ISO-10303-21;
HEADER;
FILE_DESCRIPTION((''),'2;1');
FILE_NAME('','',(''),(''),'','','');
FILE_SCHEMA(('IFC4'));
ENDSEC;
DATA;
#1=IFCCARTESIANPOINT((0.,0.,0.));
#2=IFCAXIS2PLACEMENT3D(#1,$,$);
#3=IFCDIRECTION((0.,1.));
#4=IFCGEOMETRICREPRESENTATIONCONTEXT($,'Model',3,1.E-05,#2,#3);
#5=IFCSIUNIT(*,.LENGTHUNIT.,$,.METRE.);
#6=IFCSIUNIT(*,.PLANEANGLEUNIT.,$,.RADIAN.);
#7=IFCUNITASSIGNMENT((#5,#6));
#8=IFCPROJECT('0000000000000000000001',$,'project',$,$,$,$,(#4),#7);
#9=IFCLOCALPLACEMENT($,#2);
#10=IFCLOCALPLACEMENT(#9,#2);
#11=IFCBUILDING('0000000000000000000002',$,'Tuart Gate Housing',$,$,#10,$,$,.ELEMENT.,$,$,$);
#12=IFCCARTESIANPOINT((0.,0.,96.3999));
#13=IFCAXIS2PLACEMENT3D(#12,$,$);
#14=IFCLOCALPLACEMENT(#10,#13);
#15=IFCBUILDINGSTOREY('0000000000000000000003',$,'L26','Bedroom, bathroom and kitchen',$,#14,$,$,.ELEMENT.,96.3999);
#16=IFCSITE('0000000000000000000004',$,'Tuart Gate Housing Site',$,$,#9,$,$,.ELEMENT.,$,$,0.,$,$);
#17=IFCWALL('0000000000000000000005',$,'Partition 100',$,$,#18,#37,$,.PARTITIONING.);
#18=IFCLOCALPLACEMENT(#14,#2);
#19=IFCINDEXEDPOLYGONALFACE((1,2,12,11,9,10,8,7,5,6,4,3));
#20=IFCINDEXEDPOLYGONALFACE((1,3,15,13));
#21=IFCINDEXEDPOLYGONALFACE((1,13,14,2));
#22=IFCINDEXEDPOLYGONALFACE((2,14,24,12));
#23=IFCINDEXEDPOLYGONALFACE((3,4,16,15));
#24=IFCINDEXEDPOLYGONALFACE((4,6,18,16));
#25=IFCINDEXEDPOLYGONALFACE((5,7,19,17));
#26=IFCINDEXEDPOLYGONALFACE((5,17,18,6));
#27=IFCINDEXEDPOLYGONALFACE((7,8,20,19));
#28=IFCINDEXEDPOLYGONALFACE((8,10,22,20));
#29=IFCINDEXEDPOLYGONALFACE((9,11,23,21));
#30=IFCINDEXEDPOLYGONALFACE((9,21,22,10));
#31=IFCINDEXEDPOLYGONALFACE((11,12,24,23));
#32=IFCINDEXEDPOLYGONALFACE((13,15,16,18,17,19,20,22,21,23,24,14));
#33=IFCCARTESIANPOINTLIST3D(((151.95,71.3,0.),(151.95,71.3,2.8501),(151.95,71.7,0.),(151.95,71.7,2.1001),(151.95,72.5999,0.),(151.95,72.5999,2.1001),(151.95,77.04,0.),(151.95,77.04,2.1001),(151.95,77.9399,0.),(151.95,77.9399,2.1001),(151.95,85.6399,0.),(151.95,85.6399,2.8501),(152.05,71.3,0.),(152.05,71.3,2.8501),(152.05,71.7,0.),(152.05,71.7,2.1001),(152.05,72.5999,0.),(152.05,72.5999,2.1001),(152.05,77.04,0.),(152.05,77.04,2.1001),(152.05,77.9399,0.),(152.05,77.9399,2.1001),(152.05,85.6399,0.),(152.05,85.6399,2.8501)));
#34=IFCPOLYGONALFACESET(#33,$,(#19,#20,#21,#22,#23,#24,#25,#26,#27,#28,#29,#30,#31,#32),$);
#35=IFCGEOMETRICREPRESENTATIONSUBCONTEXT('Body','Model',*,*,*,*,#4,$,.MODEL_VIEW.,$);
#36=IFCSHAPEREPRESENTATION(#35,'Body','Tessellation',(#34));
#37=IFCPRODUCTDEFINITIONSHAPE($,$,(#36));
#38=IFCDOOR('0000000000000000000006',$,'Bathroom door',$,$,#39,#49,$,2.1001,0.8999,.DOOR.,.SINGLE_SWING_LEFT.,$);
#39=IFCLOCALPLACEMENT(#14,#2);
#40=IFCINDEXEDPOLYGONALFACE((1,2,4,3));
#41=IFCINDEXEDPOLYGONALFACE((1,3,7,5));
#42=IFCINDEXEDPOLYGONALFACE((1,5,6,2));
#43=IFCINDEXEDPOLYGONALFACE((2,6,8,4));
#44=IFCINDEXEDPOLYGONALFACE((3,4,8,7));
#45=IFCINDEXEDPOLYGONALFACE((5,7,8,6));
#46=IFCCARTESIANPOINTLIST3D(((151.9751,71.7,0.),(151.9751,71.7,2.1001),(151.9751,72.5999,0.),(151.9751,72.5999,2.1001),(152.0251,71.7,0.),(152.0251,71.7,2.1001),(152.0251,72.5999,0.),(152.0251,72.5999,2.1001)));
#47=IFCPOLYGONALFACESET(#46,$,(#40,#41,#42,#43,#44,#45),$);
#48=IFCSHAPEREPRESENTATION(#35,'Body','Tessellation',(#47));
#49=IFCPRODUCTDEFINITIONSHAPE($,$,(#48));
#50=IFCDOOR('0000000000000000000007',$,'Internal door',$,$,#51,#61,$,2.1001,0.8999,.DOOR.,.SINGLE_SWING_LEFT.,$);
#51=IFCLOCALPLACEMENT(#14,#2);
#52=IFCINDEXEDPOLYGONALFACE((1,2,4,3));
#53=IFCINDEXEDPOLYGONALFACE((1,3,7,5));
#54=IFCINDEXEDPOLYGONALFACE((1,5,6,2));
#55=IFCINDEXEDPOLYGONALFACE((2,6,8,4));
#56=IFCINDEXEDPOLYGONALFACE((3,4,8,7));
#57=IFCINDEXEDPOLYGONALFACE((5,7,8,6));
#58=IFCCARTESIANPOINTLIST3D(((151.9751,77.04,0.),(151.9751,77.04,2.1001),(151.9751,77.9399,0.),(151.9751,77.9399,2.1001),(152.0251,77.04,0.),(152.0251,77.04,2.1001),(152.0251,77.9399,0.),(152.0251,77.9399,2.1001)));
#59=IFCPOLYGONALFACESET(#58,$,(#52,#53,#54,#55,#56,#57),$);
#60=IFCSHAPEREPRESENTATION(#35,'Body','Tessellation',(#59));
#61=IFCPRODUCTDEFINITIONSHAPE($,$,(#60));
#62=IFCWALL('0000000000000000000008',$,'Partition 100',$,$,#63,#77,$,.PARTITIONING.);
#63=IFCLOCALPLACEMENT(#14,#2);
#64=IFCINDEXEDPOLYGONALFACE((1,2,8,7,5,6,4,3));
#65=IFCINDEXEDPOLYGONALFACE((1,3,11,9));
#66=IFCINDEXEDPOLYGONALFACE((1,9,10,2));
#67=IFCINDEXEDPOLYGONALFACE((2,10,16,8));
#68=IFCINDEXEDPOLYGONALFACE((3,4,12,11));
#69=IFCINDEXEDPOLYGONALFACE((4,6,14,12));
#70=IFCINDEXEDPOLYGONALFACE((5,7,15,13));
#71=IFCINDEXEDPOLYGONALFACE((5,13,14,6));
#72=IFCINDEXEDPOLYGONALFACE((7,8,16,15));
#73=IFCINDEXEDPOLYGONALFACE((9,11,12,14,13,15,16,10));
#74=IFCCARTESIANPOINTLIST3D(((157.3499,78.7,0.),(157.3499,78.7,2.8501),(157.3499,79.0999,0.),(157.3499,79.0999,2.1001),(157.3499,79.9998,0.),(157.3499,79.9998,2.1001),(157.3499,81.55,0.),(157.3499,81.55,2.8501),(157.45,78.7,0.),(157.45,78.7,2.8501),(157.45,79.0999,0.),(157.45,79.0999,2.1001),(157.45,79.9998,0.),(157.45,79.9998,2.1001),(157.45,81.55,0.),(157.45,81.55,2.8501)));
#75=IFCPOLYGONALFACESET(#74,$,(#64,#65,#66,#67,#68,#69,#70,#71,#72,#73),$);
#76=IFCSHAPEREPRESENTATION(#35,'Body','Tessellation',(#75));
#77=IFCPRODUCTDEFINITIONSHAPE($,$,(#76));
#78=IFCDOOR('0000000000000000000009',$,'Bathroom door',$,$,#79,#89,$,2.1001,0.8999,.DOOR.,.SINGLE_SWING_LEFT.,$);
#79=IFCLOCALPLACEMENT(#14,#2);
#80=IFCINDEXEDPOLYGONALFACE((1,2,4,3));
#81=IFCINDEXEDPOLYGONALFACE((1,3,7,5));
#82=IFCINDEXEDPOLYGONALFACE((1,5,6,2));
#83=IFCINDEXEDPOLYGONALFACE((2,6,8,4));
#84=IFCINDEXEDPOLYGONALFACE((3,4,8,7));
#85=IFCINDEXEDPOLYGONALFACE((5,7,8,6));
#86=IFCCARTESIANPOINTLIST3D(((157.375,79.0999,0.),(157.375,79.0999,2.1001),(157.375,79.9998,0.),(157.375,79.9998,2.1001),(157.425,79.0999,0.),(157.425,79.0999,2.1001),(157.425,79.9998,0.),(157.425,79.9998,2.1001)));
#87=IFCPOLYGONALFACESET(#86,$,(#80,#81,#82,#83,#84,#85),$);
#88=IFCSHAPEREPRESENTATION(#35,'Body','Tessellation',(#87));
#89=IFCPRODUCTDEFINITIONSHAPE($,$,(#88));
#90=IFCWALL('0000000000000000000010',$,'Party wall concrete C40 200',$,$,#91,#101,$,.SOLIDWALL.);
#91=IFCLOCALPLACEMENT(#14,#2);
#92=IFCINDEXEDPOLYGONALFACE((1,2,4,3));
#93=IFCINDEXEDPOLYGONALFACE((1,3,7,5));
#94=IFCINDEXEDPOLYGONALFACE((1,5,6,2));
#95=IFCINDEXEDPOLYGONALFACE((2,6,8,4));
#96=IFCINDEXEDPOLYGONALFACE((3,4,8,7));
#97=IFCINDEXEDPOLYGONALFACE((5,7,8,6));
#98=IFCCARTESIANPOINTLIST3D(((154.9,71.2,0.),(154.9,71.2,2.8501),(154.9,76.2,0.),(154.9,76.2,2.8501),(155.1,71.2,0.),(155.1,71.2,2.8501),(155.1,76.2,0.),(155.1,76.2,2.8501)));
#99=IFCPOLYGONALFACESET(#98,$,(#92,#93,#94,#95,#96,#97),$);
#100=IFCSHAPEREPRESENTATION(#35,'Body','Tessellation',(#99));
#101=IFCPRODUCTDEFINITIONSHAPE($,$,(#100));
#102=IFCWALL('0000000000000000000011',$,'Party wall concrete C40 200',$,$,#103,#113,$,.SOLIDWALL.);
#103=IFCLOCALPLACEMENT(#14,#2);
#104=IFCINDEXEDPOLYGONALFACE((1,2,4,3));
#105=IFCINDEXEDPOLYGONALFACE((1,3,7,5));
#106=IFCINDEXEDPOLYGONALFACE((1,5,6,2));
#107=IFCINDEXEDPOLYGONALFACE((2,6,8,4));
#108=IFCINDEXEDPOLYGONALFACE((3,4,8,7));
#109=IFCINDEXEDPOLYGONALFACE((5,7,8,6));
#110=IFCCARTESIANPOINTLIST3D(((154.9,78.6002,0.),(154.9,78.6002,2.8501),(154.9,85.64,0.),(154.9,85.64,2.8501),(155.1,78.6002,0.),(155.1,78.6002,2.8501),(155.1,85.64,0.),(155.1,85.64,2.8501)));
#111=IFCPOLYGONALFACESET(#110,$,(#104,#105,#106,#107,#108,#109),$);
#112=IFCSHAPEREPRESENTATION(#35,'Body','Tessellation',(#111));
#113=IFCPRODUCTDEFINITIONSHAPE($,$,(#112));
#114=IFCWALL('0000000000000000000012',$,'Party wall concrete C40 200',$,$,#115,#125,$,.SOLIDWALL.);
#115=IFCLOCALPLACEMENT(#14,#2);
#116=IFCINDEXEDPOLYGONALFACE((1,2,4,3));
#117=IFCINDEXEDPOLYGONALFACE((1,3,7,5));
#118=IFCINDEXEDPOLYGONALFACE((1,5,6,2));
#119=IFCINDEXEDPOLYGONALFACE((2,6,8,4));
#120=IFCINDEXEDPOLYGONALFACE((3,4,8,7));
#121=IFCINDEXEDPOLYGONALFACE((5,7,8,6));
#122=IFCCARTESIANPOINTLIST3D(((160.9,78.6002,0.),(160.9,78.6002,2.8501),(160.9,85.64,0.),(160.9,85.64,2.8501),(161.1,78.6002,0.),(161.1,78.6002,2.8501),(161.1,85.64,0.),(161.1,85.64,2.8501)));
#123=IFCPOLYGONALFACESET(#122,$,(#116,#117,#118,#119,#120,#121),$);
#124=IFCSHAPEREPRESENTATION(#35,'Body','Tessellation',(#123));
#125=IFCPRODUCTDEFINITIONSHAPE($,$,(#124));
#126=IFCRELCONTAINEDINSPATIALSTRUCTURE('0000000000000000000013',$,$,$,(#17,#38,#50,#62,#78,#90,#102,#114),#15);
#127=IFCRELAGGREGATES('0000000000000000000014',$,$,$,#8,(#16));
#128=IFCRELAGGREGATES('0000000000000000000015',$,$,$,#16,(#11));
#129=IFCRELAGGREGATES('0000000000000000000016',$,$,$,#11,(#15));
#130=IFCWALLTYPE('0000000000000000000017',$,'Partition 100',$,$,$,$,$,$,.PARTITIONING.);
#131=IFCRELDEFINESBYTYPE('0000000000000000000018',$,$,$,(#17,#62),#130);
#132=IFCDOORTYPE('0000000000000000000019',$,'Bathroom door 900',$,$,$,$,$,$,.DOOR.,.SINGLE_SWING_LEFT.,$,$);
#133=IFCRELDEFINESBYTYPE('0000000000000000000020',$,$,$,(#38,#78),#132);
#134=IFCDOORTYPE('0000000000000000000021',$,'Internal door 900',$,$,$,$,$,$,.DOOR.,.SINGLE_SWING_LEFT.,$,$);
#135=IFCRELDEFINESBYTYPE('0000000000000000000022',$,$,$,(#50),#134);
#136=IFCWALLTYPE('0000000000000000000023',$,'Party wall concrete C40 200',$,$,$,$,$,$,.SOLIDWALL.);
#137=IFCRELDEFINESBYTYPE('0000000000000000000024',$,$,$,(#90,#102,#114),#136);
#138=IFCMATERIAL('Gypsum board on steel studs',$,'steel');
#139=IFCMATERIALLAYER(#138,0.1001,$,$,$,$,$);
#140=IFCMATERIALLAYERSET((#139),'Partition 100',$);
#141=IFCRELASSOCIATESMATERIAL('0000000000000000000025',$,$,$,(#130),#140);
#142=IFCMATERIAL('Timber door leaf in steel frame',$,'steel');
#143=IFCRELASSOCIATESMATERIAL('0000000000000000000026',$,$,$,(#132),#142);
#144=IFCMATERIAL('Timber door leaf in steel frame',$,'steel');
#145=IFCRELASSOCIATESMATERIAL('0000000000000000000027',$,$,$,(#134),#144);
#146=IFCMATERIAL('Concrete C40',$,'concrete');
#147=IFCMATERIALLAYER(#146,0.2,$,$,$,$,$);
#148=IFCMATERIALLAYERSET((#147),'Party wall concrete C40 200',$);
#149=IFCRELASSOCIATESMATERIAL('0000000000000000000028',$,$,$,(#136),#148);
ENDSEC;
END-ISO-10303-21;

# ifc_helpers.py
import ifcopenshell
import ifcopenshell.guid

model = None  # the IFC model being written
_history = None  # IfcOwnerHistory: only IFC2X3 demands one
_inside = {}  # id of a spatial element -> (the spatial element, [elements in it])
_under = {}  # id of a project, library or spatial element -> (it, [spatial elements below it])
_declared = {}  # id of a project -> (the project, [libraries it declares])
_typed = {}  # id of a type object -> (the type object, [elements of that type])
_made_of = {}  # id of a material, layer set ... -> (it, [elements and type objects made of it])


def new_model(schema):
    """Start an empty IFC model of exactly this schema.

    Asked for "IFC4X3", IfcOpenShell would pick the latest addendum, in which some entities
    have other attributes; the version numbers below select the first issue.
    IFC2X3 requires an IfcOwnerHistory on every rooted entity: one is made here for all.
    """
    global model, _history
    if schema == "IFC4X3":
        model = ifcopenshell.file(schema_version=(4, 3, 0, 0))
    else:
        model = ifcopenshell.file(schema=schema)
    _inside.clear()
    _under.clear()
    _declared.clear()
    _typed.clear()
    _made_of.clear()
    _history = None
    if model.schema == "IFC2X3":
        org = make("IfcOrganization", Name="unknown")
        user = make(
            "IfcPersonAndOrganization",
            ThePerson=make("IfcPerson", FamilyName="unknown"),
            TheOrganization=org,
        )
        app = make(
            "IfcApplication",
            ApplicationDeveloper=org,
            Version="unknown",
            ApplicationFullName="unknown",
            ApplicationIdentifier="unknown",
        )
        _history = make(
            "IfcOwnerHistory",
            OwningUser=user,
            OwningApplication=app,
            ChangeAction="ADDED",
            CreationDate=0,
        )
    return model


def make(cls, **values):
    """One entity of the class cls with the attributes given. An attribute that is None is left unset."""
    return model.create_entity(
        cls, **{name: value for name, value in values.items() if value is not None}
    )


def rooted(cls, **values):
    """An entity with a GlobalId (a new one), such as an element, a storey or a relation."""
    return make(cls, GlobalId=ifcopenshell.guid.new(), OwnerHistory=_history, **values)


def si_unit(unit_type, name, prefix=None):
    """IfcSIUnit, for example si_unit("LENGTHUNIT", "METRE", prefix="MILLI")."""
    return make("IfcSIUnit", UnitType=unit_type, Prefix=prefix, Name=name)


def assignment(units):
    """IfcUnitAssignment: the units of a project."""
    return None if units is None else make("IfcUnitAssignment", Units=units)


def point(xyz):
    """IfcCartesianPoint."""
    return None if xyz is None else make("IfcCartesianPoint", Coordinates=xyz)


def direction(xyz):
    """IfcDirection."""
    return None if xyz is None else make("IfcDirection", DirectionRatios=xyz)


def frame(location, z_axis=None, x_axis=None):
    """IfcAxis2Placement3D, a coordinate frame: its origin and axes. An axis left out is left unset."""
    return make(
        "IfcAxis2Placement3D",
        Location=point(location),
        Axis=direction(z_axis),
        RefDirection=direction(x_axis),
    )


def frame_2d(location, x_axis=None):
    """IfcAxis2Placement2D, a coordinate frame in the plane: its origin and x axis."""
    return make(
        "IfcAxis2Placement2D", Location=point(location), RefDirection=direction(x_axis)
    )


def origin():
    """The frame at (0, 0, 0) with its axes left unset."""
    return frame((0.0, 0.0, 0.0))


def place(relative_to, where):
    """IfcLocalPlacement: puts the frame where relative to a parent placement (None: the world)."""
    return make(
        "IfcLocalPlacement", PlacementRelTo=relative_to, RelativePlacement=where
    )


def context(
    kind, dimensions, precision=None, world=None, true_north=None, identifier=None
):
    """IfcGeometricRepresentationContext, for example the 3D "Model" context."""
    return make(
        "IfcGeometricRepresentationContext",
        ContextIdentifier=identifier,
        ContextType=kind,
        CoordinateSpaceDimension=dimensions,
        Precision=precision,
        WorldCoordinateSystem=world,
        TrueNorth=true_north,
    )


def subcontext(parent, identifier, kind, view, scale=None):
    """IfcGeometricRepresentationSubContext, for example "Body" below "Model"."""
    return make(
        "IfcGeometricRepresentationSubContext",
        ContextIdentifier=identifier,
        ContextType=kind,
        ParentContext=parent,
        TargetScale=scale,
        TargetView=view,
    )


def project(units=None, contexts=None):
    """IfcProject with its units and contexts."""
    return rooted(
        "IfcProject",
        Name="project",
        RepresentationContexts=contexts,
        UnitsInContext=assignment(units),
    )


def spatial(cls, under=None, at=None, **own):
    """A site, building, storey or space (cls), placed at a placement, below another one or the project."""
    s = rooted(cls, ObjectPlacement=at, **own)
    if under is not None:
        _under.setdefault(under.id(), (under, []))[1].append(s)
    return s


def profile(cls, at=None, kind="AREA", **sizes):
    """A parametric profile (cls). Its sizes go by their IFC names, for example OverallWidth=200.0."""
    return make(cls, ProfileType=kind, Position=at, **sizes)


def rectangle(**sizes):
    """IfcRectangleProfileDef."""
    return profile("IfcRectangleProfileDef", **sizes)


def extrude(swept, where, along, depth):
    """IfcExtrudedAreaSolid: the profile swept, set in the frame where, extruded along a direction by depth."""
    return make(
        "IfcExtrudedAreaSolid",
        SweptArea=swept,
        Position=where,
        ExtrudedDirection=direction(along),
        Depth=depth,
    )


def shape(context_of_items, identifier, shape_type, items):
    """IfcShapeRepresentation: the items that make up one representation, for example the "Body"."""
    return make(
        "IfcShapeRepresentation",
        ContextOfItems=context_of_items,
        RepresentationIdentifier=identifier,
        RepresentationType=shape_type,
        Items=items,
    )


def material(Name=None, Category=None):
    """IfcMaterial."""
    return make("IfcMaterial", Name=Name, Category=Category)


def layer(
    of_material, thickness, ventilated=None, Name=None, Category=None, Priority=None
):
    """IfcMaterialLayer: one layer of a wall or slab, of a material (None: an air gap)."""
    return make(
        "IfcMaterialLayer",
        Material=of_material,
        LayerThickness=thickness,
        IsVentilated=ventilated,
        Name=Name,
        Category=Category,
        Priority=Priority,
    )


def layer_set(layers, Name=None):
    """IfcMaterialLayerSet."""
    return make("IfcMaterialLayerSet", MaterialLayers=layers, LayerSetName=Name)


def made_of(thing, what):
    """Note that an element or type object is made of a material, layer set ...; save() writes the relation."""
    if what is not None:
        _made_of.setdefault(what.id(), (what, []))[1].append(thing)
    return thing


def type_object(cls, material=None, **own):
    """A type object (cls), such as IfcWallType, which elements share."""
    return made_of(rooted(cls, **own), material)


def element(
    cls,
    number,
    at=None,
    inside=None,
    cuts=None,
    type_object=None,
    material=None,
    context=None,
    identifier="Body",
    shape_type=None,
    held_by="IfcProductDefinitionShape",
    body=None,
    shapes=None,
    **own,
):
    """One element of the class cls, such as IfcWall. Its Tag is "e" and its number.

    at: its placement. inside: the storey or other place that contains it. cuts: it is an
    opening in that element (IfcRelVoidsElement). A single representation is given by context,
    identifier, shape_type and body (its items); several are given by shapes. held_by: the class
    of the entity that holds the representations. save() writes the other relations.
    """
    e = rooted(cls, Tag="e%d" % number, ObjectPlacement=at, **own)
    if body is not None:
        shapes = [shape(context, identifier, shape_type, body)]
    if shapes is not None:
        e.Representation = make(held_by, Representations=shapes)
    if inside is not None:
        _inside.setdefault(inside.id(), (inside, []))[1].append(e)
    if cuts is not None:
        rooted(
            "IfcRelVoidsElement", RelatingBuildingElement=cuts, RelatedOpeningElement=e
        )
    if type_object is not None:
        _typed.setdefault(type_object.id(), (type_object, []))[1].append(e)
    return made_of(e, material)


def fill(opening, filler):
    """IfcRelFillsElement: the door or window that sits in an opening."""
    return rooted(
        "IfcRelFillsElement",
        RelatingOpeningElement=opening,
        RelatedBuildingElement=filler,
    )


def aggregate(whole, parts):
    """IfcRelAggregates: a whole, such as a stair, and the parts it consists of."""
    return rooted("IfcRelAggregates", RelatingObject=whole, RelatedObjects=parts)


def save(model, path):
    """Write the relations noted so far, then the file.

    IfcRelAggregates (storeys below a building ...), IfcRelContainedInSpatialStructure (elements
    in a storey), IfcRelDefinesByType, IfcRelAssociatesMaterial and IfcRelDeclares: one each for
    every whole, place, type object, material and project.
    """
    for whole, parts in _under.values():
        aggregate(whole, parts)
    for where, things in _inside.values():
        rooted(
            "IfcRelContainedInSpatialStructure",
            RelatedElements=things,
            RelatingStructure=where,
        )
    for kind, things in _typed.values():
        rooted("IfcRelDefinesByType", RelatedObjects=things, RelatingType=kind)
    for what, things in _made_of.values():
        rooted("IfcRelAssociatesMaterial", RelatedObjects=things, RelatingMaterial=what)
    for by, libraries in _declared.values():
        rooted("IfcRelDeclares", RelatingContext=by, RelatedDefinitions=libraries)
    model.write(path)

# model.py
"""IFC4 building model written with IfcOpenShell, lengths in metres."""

from ifc_helpers import new_model, si_unit, direction, frame, frame_2d, origin, place, context, subcontext, project, spatial, rectangle, extrude, material, layer, layer_set, type_object, element, fill, save


model = new_model("IFC4")

# Units and contexts
model_context = context("Model", 3, precision=1e-05, world=origin(), true_north=direction((0.0, 1.0)))
body_context = subcontext(model_context, "Body", "Model", "MODEL_VIEW")
ifc_project = project(units=[si_unit("LENGTHUNIT", "METRE"), si_unit("PLANEANGLEUNIT", "RADIAN")], contexts=[model_context])

# Site, building, storey
site_placement = place(None, origin())
site = spatial("IfcSite", under=ifc_project, at=site_placement, Name="Tuart Gate Housing Site", CompositionType="ELEMENT", RefElevation=0.0)
building_placement = place(site_placement, origin())
building = spatial("IfcBuilding", under=site, at=building_placement, Name="Tuart Gate Housing", CompositionType="ELEMENT")
storey_placement = place(building_placement, frame((0.0, 0.0, 96.3999)))
storey = spatial("IfcBuildingStorey", under=building, at=storey_placement, Name="L26", Description="Bedroom, bathroom and kitchen", CompositionType="ELEMENT", Elevation=96.3999)

# Shared definitions
ifc_material_1 = material(Name="Gypsum board on steel studs", Category="steel")
ifc_layer_1 = layer(ifc_material_1, 0.1001)
ifc_layer_set_1 = layer_set([ifc_layer_1], Name="Partition 100")
wall_type_1 = type_object("IfcWallType", Name="Partition 100", PredefinedType="PARTITIONING", material=ifc_layer_set_1)

# Wall, openings, doors
wall_1_placement = place(storey_placement, frame((152.0, 71.3, 0.0), z_axis=(0.0, 0.0, 1.0), x_axis=(0.0, 1.0, 0.0)))
wall_1 = element("IfcWall", 1, at=wall_1_placement, inside=storey, type_object=wall_type_1, Name="Partition 100", PredefinedType="PARTITIONING", context=body_context, shape_type="SweptSolid", body=[
    extrude(rectangle(XDim=14.3398, YDim=0.1001, at=frame_2d((7.1699, 0.0))), origin(), (0.0, 0.0, 1.0), 2.8501),
])
opening_1_placement = place(wall_1_placement, frame((5.74, 0.0, 0.0)))
opening_1 = element("IfcOpeningElement", 2, at=opening_1_placement, cuts=wall_1, PredefinedType="OPENING", context=body_context, shape_type="SweptSolid", body=[
    extrude(rectangle(XDim=0.8999, YDim=2.1001, at=frame_2d((0.45, 1.05))), frame((0.0, 0.0601, 0.0), z_axis=(0.0, -1.0, 0.0), x_axis=(1.0, 0.0, 0.0)), (0.0, 0.0, 1.0), 0.1201),
])
opening_2_placement = place(wall_1_placement, frame((0.3999, 0.0, 0.0)))
opening_2 = element("IfcOpeningElement", 3, at=opening_2_placement, cuts=wall_1, PredefinedType="OPENING", context=body_context, shape_type="SweptSolid", body=[
    extrude(rectangle(XDim=0.8999, YDim=2.1001, at=frame_2d((0.45, 1.05))), frame((0.0, 0.0601, 0.0), z_axis=(0.0, -1.0, 0.0), x_axis=(1.0, 0.0, 0.0)), (0.0, 0.0, 1.0), 0.1201),
])
ifc_material_2 = material(Name="Timber door leaf in steel frame", Category="steel")
door_type_1 = type_object("IfcDoorType", Name="Bathroom door 900", OperationType="SINGLE_SWING_LEFT", PredefinedType="DOOR", material=ifc_material_2)
door_1_placement = place(opening_2_placement, origin())
door_1 = element("IfcDoor", 4, at=door_1_placement, inside=storey, type_object=door_type_1, Name="Bathroom door", OperationType="SINGLE_SWING_LEFT", OverallHeight=2.1001, OverallWidth=0.8999, PredefinedType="DOOR", context=body_context, shape_type="SweptSolid", body=[
    extrude(rectangle(XDim=0.8999, YDim=2.1001, at=frame_2d((0.45, 1.05))), frame((0.0, 0.0249, 0.0), z_axis=(0.0, -1.0, 0.0), x_axis=(1.0, 0.0, 0.0)), (0.0, 0.0, 1.0), 0.05),
])
fill(opening_2, door_1)
ifc_material_3 = material(Name="Timber door leaf in steel frame", Category="steel")
door_type_2 = type_object("IfcDoorType", Name="Internal door 900", OperationType="SINGLE_SWING_LEFT", PredefinedType="DOOR", material=ifc_material_3)
door_2_placement = place(opening_1_placement, origin())
door_2 = element("IfcDoor", 5, at=door_2_placement, inside=storey, type_object=door_type_2, Name="Internal door", OperationType="SINGLE_SWING_LEFT", OverallHeight=2.1001, OverallWidth=0.8999, PredefinedType="DOOR", context=body_context, shape_type="SweptSolid", body=[
    extrude(rectangle(XDim=0.8999, YDim=2.1001, at=frame_2d((0.45, 1.05))), frame((0.0, 0.0249, 0.0), z_axis=(0.0, -1.0, 0.0), x_axis=(1.0, 0.0, 0.0)), (0.0, 0.0, 1.0), 0.05),
])
fill(opening_1, door_2)

# Wall, opening, door
wall_2_placement = place(storey_placement, frame((157.3999, 78.7, 0.0), z_axis=(0.0, 0.0, 1.0), x_axis=(0.0, 1.0, 0.0)))
wall_2 = element("IfcWall", 6, at=wall_2_placement, inside=storey, type_object=wall_type_1, Name="Partition 100", PredefinedType="PARTITIONING", context=body_context, shape_type="SweptSolid", body=[
    extrude(rectangle(XDim=2.8501, YDim=0.1001, at=frame_2d((1.425, 0.0))), origin(), (0.0, 0.0, 1.0), 2.8501),
])
opening_3_placement = place(wall_2_placement, frame((0.3999, 0.0, 0.0)))
opening_3 = element("IfcOpeningElement", 7, at=opening_3_placement, cuts=wall_2, PredefinedType="OPENING", context=body_context, shape_type="SweptSolid", body=[
    extrude(rectangle(XDim=0.8999, YDim=2.1001, at=frame_2d((0.45, 1.05))), frame((0.0, 0.0601, 0.0), z_axis=(0.0, -1.0, 0.0), x_axis=(1.0, 0.0, 0.0)), (0.0, 0.0, 1.0), 0.1201),
])
door_3_placement = place(opening_3_placement, origin())
door_3 = element("IfcDoor", 8, at=door_3_placement, inside=storey, type_object=door_type_1, Name="Bathroom door", OperationType="SINGLE_SWING_LEFT", OverallHeight=2.1001, OverallWidth=0.8999, PredefinedType="DOOR", context=body_context, shape_type="SweptSolid", body=[
    extrude(rectangle(XDim=0.8999, YDim=2.1001, at=frame_2d((0.45, 1.05))), frame((0.0, 0.0249, 0.0), z_axis=(0.0, -1.0, 0.0), x_axis=(1.0, 0.0, 0.0)), (0.0, 0.0, 1.0), 0.05),
])
fill(opening_3, door_3)

# Walls
ifc_material_4 = material(Name="Concrete C40", Category="concrete")
ifc_layer_2 = layer(ifc_material_4, 0.2)
ifc_layer_set_2 = layer_set([ifc_layer_2], Name="Party wall concrete C40 200")
wall_type_2 = type_object("IfcWallType", Name="Party wall concrete C40 200", PredefinedType="SOLIDWALL", material=ifc_layer_set_2)
wall_3_placement = place(storey_placement, frame((155.0, 71.2, 0.0), z_axis=(0.0, 0.0, 1.0), x_axis=(0.0, 1.0, 0.0)))
element("IfcWall", 9, at=wall_3_placement, inside=storey, type_object=wall_type_2, Name="Party wall concrete C40 200", PredefinedType="SOLIDWALL", context=body_context, shape_type="SweptSolid", body=[
    extrude(rectangle(XDim=5.0, YDim=0.2, at=frame_2d((2.5, 0.0))), origin(), (0.0, 0.0, 1.0), 2.8501),
])
for number, where, z_axis, x_axis, name in (
    (10, (155.0, 78.6001, 0.0), (0.0, 0.0, 1.0), (0.0, 1.0, 0.0), "Party wall concrete C40 200"),
    (11, (161.0, 78.6001, 0.0), (0.0, 0.0, 1.0), (0.0, 1.0, 0.0), "Party wall concrete C40 200"),
):
    element("IfcWall", number, at=place(storey_placement, frame(where, z_axis=z_axis, x_axis=x_axis)), inside=storey, type_object=wall_type_2, Name=name, PredefinedType="SOLIDWALL", context=body_context, shape_type="SweptSolid", body=[
        extrude(rectangle(XDim=7.0398, YDim=0.2, at=frame_2d((3.52, 0.0))), origin(), (0.0, 0.0, 1.0), 2.8501),
    ])

save(model, "model.ifc")
